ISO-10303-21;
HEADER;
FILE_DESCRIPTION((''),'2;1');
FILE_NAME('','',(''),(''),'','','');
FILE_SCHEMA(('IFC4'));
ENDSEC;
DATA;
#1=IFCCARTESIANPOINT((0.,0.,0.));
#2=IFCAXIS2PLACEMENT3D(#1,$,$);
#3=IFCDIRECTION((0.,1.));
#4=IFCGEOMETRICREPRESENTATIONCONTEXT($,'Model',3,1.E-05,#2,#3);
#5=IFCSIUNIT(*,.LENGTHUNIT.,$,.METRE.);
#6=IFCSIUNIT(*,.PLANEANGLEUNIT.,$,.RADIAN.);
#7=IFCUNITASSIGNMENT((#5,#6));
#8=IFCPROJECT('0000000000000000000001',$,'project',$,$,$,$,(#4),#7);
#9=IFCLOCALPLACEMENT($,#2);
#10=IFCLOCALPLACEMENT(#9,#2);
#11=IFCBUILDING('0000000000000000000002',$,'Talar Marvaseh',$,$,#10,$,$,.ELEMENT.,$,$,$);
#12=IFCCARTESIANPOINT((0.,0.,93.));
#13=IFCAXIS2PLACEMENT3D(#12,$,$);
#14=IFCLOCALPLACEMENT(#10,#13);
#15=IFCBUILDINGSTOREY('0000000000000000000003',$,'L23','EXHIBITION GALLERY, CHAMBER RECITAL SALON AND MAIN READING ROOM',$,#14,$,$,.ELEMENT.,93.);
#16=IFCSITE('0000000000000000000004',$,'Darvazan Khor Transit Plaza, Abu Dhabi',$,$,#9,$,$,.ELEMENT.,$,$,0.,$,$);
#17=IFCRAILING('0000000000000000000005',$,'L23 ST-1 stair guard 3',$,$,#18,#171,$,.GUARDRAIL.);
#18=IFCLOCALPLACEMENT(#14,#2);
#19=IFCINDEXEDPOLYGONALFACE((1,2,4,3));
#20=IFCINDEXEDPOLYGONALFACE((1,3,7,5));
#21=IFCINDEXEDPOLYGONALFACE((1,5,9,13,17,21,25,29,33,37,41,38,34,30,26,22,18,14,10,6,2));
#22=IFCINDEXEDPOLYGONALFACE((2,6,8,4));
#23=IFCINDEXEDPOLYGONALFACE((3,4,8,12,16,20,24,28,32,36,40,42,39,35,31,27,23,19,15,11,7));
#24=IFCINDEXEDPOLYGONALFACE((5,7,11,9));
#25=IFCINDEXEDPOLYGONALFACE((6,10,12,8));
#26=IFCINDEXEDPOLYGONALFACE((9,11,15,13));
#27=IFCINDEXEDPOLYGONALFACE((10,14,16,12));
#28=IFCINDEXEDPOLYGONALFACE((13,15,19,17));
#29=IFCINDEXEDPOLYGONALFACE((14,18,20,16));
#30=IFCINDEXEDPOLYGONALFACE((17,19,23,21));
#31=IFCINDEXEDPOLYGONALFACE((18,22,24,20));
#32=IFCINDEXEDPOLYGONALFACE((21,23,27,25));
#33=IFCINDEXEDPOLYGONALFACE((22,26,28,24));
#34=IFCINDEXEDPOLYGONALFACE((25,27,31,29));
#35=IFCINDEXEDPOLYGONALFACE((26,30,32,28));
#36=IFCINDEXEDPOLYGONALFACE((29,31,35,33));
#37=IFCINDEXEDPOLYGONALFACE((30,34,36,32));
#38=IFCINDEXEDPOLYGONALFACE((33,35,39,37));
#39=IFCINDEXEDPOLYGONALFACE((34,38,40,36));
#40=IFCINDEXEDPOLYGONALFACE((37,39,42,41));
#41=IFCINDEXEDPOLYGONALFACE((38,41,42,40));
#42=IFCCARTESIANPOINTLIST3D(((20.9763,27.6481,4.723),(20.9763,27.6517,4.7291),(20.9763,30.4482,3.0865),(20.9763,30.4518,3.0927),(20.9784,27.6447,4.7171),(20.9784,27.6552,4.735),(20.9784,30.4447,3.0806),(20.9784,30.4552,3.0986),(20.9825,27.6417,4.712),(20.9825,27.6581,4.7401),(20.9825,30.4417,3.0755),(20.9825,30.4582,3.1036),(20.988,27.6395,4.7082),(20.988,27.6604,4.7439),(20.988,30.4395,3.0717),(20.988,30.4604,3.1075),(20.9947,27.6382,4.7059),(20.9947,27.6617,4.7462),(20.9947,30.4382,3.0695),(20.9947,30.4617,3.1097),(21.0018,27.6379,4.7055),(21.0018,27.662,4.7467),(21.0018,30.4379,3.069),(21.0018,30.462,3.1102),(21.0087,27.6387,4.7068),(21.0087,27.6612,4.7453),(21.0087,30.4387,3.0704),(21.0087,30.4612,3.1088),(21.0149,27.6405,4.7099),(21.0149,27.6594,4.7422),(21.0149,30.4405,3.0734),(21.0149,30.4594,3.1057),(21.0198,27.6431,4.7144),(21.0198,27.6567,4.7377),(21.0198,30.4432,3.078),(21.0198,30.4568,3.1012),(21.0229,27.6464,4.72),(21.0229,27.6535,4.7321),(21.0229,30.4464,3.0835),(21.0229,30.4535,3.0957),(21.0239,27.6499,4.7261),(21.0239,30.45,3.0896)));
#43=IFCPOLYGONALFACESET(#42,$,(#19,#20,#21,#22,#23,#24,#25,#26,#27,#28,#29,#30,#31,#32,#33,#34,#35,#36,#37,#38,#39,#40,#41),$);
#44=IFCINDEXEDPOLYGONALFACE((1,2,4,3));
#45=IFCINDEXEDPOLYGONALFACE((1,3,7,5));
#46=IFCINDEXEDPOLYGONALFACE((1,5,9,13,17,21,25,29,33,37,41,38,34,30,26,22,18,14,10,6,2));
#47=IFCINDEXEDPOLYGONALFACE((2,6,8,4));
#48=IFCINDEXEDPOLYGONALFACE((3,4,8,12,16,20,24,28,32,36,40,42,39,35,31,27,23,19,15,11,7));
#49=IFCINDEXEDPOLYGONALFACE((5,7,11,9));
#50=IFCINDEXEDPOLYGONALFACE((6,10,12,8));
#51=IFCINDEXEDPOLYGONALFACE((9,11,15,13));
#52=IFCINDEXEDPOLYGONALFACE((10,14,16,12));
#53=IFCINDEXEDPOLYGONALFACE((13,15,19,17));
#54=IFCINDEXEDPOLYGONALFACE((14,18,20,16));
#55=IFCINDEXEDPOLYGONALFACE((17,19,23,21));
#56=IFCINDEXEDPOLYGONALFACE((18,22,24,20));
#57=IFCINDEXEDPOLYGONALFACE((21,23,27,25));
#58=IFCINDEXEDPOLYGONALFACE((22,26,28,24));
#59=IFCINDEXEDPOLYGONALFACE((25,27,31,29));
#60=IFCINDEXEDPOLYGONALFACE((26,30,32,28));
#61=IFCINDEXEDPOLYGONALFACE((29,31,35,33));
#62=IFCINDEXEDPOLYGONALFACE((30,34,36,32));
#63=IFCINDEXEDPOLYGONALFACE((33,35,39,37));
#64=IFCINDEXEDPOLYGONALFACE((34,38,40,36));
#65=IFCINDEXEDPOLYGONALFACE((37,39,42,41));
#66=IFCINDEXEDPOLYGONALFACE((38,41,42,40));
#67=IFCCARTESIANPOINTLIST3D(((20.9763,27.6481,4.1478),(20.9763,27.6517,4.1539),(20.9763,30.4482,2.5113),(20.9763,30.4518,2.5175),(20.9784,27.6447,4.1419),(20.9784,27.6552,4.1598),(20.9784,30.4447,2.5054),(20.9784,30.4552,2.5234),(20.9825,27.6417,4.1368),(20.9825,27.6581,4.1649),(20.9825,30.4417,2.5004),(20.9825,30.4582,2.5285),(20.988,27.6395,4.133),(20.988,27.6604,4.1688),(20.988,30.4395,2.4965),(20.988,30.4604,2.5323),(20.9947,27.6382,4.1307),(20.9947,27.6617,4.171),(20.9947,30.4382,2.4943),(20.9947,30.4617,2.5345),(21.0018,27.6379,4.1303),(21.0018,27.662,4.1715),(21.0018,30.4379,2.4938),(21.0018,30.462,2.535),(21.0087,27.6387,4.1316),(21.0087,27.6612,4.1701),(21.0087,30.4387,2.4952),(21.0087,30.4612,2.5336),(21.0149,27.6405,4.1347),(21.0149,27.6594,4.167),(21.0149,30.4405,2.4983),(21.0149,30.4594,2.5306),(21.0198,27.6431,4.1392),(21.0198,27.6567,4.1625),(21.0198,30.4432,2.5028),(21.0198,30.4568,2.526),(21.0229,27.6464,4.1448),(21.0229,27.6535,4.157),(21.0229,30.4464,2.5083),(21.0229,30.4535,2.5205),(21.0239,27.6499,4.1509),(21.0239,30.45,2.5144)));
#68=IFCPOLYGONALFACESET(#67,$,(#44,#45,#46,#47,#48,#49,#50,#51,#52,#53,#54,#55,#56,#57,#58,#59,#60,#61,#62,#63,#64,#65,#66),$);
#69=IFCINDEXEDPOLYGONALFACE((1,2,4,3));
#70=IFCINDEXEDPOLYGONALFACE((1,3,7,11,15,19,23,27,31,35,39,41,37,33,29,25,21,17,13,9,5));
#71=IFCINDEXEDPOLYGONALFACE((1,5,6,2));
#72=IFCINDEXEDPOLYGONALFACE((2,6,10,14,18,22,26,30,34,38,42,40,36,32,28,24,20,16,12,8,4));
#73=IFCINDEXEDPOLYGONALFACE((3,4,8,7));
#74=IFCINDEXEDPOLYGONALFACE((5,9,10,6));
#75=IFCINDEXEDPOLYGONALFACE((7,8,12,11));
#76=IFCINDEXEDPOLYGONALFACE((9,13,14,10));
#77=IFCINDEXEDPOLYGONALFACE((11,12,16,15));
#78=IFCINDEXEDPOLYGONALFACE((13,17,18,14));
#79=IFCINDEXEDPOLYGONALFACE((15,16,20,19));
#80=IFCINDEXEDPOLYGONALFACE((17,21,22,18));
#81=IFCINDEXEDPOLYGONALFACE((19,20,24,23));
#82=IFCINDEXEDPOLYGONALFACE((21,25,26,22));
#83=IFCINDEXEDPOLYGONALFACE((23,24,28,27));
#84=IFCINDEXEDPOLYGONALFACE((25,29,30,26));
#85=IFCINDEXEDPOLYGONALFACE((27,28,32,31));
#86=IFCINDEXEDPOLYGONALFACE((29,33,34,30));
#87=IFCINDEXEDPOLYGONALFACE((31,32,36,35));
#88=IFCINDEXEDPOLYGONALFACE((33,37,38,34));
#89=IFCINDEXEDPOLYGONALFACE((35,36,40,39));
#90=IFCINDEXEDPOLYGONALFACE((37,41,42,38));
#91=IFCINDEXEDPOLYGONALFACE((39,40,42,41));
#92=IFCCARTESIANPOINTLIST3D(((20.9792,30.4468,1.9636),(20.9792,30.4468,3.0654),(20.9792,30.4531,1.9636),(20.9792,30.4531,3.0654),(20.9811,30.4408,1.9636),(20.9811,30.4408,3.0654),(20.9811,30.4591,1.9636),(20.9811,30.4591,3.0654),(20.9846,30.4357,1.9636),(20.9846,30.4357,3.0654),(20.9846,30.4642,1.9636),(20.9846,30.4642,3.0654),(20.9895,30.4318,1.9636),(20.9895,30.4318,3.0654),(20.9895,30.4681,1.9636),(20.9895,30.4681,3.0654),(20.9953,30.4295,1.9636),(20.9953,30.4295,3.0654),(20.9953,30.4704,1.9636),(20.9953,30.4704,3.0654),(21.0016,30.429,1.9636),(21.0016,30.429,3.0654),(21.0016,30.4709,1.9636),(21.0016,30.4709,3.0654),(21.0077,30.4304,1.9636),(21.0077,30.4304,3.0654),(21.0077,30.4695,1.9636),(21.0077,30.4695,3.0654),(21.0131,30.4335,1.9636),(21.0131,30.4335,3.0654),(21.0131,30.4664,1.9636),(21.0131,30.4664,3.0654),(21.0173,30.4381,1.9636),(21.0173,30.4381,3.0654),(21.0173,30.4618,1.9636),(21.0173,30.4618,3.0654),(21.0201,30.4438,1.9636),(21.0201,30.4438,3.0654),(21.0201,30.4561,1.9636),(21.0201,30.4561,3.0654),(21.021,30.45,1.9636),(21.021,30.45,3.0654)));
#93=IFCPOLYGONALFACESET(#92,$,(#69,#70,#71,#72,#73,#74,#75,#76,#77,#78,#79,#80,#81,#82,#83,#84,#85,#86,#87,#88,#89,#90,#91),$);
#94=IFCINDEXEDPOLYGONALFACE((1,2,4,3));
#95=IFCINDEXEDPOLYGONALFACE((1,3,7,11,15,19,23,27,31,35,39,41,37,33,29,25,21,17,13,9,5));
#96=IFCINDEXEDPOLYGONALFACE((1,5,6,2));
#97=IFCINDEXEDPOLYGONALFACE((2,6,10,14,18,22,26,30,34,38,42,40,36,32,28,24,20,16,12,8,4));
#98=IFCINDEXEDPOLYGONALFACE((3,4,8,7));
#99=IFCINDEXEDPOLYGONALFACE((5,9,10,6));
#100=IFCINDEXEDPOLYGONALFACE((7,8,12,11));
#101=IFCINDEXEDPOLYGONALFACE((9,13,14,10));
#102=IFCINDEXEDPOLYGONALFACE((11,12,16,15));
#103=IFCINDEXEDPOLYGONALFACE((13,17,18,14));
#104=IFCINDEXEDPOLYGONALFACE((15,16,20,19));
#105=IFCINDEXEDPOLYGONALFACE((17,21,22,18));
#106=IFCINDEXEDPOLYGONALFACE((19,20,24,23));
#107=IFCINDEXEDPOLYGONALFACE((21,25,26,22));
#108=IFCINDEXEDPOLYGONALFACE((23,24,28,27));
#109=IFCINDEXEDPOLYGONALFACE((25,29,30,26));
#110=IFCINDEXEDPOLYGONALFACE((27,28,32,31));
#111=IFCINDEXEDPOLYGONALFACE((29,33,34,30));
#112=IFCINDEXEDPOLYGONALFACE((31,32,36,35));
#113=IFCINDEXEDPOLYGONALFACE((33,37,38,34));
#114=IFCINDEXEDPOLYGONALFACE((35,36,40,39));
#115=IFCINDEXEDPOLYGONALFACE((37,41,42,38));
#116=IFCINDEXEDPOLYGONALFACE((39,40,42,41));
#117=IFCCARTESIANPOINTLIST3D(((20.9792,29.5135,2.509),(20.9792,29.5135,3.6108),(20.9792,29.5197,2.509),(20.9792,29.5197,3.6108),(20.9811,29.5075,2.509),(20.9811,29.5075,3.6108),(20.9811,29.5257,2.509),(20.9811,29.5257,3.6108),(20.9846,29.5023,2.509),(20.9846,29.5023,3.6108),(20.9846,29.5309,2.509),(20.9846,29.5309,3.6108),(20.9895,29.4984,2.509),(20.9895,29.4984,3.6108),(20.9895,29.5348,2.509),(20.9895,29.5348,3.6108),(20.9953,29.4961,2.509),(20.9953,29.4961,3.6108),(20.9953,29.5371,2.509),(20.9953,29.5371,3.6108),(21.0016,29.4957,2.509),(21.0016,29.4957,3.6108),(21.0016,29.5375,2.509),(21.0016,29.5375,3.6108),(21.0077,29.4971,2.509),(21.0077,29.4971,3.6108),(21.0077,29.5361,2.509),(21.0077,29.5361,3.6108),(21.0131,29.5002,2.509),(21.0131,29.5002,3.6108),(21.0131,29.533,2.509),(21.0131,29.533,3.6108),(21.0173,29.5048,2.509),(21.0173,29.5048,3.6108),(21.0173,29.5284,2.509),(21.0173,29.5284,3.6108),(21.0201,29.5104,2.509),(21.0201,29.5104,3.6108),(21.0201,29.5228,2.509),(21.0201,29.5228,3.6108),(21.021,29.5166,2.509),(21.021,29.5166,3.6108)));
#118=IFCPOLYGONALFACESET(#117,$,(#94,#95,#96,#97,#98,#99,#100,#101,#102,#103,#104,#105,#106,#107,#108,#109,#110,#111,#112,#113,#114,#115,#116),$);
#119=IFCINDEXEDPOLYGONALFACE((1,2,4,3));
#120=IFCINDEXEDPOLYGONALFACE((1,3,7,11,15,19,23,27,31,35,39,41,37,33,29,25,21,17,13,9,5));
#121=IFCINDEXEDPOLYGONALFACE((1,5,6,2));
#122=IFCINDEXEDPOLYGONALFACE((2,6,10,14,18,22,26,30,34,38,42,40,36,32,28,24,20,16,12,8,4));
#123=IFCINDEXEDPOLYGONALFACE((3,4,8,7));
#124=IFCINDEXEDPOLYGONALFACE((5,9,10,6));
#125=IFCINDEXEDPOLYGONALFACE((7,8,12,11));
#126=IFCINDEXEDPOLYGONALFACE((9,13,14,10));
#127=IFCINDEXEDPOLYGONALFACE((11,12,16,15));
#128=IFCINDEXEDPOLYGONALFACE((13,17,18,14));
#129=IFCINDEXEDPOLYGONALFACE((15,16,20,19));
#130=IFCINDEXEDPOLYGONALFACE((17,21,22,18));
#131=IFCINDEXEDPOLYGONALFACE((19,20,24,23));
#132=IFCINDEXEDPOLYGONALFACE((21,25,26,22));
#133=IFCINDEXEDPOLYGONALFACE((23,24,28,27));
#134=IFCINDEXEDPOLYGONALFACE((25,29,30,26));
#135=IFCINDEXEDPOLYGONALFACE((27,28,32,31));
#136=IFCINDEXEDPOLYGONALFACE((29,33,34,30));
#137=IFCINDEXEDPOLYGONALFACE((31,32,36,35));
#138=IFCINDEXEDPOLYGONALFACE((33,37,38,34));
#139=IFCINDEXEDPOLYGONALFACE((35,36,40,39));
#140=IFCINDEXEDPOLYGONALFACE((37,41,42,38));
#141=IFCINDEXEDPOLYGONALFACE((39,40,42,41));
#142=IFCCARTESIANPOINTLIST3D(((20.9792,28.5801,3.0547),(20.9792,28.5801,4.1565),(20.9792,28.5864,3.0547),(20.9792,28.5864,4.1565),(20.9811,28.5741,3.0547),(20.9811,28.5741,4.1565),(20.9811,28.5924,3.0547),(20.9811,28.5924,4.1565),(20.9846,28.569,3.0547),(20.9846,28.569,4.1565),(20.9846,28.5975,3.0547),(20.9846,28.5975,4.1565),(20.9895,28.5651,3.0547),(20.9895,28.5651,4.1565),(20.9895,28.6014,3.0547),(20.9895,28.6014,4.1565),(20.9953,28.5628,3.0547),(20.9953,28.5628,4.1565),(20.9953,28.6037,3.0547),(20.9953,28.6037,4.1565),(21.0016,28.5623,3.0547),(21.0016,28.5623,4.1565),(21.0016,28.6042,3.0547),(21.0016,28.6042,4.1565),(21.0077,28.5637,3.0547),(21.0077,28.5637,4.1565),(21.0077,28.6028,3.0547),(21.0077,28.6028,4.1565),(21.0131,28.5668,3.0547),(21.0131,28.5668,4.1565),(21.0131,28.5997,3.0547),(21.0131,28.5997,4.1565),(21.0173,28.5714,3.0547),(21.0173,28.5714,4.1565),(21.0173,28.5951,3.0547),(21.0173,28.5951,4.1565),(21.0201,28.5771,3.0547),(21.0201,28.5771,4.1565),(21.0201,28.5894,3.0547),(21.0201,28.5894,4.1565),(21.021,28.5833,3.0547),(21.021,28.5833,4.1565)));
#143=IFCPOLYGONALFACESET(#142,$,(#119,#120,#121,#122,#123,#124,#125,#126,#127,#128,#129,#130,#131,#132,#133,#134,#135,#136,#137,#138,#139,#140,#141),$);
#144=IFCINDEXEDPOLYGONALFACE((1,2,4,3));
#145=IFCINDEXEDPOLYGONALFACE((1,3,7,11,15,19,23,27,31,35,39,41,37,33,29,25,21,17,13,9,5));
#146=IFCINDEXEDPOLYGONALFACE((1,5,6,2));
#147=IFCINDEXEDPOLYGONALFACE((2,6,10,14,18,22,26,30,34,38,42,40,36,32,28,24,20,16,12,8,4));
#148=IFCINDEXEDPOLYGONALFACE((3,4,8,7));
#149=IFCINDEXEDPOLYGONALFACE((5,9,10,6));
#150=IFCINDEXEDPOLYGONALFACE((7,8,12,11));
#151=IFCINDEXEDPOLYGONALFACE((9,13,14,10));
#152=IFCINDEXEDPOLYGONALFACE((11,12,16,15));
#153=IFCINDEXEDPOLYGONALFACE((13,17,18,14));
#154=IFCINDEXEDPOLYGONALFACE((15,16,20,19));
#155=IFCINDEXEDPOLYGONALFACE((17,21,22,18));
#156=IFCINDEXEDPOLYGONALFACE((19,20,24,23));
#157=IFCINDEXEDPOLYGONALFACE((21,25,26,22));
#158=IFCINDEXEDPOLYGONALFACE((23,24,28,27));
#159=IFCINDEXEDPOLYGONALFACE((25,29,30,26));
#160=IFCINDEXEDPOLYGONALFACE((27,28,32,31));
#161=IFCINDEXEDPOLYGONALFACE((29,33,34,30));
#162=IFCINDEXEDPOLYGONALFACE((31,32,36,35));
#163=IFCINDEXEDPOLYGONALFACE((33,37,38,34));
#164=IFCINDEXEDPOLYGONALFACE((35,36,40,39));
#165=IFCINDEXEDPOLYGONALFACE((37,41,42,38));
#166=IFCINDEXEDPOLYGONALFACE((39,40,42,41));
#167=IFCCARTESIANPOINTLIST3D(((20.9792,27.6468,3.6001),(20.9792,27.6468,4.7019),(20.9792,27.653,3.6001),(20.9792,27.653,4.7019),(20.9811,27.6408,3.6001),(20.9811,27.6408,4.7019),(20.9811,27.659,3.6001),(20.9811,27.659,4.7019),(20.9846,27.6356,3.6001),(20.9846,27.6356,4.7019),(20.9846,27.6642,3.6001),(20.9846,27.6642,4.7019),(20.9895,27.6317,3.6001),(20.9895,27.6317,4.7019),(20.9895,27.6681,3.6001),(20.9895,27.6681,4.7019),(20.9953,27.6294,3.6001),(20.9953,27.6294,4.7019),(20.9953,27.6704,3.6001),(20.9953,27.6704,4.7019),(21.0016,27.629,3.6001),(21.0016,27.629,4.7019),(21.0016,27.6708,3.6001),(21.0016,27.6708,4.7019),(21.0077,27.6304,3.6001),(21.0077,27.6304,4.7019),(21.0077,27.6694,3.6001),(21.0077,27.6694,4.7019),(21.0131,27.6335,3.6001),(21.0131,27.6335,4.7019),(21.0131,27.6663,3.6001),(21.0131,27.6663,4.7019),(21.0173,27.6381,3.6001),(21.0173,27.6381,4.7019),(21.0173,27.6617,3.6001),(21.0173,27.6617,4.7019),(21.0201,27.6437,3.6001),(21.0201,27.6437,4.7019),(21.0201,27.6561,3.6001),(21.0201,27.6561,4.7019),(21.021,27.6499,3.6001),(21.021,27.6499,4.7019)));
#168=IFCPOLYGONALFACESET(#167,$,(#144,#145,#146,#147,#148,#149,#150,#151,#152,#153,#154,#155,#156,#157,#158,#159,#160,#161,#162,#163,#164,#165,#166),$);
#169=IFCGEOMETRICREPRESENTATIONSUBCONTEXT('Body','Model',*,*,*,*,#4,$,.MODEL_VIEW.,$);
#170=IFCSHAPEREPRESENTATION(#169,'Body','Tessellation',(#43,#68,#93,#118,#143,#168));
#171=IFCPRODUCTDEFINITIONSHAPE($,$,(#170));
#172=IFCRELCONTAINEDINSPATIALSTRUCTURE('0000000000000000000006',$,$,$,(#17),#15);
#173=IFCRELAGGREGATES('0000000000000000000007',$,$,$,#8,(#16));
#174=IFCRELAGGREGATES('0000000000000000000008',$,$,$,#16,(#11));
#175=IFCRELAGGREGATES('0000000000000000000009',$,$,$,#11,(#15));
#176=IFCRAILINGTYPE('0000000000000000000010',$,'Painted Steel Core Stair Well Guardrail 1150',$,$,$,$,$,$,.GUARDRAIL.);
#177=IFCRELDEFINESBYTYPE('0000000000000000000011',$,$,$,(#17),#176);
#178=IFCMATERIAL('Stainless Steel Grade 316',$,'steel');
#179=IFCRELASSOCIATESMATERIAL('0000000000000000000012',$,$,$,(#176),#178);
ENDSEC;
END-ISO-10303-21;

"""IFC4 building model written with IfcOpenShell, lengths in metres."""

from ifc_helpers import new_model, si_unit, direction, frame, origin, origin_2d, place, context, subcontext, project, spatial, circle, extrude, material, type_object, element, save


model = new_model("IFC4")

# Units and contexts
model_context = context("Model", 3, precision=1e-05, world=origin(), true_north=direction((0.0, 1.0)))
body_context = subcontext(model_context, "Body", "Model", "MODEL_VIEW")
ifc_project = project(units=[si_unit("LENGTHUNIT", "METRE"), si_unit("PLANEANGLEUNIT", "RADIAN")], contexts=[model_context])

# Site, building, storey
site_placement = place(None, origin())
site = spatial("IfcSite", under=ifc_project, at=site_placement, Name="Darvazan Khor Transit Plaza, Abu Dhabi", CompositionType="ELEMENT", RefElevation=0.0)
building_placement = place(site_placement, origin())
building = spatial("IfcBuilding", under=site, at=building_placement, Name="Talar Marvaseh", CompositionType="ELEMENT")
storey_placement = place(building_placement, frame((0.0, 0.0, 93.0)))
storey = spatial("IfcBuildingStorey", under=building, at=storey_placement, Name="L23", Description="EXHIBITION GALLERY, CHAMBER RECITAL SALON AND MAIN READING ROOM", CompositionType="ELEMENT", Elevation=93.0)

# Railing
ifc_material_1 = material(Name="Stainless Steel Grade 316", Category="steel")
railing_type_1 = type_object("IfcRailingType", Name="Painted Steel Core Stair Well Guardrail 1150", PredefinedType="GUARDRAIL", material=ifc_material_1)
railing_1_placement = place(storey_placement, frame((21.0, 30.45, 1.9636)))
element("IfcRailing", 1, at=railing_1_placement, inside=storey, type_object=railing_type_1, Name="L23 ST-1 stair guard 3", PredefinedType="GUARDRAIL", context=body_context, shape_type="SweptSolid", body=[
    extrude(circle(Radius=0.0239, at=origin_2d()), frame((0.0, 0.0, 1.126), z_axis=(0.0, -0.863361, 0.504587), x_axis=(1.0, 0.0, 0.0)), (0.0, 0.0, 1.0), 3.2432),
    extrude(circle(Radius=0.0239, at=origin_2d()), frame((0.0, 0.0, 0.5508), z_axis=(0.0, -0.863361, 0.504587), x_axis=(1.0, 0.0, 0.0)), (0.0, 0.0, 1.0), 3.2432),
    extrude(circle(Radius=0.021, at=origin_2d()), origin(), (0.0, 0.0, 1.0), 1.1018),
    extrude(circle(Radius=0.021, at=origin_2d()), frame((0.0, -0.9333, 0.5454)), (0.0, 0.0, 1.0), 1.1018),
    extrude(circle(Radius=0.021, at=origin_2d()), frame((0.0, -1.8667, 1.0911)), (0.0, 0.0, 1.0), 1.1018),
    extrude(circle(Radius=0.021, at=origin_2d()), frame((0.0, -2.8, 1.6365)), (0.0, 0.0, 1.0), 1.1018),
])

save(model, "model.ifc")
